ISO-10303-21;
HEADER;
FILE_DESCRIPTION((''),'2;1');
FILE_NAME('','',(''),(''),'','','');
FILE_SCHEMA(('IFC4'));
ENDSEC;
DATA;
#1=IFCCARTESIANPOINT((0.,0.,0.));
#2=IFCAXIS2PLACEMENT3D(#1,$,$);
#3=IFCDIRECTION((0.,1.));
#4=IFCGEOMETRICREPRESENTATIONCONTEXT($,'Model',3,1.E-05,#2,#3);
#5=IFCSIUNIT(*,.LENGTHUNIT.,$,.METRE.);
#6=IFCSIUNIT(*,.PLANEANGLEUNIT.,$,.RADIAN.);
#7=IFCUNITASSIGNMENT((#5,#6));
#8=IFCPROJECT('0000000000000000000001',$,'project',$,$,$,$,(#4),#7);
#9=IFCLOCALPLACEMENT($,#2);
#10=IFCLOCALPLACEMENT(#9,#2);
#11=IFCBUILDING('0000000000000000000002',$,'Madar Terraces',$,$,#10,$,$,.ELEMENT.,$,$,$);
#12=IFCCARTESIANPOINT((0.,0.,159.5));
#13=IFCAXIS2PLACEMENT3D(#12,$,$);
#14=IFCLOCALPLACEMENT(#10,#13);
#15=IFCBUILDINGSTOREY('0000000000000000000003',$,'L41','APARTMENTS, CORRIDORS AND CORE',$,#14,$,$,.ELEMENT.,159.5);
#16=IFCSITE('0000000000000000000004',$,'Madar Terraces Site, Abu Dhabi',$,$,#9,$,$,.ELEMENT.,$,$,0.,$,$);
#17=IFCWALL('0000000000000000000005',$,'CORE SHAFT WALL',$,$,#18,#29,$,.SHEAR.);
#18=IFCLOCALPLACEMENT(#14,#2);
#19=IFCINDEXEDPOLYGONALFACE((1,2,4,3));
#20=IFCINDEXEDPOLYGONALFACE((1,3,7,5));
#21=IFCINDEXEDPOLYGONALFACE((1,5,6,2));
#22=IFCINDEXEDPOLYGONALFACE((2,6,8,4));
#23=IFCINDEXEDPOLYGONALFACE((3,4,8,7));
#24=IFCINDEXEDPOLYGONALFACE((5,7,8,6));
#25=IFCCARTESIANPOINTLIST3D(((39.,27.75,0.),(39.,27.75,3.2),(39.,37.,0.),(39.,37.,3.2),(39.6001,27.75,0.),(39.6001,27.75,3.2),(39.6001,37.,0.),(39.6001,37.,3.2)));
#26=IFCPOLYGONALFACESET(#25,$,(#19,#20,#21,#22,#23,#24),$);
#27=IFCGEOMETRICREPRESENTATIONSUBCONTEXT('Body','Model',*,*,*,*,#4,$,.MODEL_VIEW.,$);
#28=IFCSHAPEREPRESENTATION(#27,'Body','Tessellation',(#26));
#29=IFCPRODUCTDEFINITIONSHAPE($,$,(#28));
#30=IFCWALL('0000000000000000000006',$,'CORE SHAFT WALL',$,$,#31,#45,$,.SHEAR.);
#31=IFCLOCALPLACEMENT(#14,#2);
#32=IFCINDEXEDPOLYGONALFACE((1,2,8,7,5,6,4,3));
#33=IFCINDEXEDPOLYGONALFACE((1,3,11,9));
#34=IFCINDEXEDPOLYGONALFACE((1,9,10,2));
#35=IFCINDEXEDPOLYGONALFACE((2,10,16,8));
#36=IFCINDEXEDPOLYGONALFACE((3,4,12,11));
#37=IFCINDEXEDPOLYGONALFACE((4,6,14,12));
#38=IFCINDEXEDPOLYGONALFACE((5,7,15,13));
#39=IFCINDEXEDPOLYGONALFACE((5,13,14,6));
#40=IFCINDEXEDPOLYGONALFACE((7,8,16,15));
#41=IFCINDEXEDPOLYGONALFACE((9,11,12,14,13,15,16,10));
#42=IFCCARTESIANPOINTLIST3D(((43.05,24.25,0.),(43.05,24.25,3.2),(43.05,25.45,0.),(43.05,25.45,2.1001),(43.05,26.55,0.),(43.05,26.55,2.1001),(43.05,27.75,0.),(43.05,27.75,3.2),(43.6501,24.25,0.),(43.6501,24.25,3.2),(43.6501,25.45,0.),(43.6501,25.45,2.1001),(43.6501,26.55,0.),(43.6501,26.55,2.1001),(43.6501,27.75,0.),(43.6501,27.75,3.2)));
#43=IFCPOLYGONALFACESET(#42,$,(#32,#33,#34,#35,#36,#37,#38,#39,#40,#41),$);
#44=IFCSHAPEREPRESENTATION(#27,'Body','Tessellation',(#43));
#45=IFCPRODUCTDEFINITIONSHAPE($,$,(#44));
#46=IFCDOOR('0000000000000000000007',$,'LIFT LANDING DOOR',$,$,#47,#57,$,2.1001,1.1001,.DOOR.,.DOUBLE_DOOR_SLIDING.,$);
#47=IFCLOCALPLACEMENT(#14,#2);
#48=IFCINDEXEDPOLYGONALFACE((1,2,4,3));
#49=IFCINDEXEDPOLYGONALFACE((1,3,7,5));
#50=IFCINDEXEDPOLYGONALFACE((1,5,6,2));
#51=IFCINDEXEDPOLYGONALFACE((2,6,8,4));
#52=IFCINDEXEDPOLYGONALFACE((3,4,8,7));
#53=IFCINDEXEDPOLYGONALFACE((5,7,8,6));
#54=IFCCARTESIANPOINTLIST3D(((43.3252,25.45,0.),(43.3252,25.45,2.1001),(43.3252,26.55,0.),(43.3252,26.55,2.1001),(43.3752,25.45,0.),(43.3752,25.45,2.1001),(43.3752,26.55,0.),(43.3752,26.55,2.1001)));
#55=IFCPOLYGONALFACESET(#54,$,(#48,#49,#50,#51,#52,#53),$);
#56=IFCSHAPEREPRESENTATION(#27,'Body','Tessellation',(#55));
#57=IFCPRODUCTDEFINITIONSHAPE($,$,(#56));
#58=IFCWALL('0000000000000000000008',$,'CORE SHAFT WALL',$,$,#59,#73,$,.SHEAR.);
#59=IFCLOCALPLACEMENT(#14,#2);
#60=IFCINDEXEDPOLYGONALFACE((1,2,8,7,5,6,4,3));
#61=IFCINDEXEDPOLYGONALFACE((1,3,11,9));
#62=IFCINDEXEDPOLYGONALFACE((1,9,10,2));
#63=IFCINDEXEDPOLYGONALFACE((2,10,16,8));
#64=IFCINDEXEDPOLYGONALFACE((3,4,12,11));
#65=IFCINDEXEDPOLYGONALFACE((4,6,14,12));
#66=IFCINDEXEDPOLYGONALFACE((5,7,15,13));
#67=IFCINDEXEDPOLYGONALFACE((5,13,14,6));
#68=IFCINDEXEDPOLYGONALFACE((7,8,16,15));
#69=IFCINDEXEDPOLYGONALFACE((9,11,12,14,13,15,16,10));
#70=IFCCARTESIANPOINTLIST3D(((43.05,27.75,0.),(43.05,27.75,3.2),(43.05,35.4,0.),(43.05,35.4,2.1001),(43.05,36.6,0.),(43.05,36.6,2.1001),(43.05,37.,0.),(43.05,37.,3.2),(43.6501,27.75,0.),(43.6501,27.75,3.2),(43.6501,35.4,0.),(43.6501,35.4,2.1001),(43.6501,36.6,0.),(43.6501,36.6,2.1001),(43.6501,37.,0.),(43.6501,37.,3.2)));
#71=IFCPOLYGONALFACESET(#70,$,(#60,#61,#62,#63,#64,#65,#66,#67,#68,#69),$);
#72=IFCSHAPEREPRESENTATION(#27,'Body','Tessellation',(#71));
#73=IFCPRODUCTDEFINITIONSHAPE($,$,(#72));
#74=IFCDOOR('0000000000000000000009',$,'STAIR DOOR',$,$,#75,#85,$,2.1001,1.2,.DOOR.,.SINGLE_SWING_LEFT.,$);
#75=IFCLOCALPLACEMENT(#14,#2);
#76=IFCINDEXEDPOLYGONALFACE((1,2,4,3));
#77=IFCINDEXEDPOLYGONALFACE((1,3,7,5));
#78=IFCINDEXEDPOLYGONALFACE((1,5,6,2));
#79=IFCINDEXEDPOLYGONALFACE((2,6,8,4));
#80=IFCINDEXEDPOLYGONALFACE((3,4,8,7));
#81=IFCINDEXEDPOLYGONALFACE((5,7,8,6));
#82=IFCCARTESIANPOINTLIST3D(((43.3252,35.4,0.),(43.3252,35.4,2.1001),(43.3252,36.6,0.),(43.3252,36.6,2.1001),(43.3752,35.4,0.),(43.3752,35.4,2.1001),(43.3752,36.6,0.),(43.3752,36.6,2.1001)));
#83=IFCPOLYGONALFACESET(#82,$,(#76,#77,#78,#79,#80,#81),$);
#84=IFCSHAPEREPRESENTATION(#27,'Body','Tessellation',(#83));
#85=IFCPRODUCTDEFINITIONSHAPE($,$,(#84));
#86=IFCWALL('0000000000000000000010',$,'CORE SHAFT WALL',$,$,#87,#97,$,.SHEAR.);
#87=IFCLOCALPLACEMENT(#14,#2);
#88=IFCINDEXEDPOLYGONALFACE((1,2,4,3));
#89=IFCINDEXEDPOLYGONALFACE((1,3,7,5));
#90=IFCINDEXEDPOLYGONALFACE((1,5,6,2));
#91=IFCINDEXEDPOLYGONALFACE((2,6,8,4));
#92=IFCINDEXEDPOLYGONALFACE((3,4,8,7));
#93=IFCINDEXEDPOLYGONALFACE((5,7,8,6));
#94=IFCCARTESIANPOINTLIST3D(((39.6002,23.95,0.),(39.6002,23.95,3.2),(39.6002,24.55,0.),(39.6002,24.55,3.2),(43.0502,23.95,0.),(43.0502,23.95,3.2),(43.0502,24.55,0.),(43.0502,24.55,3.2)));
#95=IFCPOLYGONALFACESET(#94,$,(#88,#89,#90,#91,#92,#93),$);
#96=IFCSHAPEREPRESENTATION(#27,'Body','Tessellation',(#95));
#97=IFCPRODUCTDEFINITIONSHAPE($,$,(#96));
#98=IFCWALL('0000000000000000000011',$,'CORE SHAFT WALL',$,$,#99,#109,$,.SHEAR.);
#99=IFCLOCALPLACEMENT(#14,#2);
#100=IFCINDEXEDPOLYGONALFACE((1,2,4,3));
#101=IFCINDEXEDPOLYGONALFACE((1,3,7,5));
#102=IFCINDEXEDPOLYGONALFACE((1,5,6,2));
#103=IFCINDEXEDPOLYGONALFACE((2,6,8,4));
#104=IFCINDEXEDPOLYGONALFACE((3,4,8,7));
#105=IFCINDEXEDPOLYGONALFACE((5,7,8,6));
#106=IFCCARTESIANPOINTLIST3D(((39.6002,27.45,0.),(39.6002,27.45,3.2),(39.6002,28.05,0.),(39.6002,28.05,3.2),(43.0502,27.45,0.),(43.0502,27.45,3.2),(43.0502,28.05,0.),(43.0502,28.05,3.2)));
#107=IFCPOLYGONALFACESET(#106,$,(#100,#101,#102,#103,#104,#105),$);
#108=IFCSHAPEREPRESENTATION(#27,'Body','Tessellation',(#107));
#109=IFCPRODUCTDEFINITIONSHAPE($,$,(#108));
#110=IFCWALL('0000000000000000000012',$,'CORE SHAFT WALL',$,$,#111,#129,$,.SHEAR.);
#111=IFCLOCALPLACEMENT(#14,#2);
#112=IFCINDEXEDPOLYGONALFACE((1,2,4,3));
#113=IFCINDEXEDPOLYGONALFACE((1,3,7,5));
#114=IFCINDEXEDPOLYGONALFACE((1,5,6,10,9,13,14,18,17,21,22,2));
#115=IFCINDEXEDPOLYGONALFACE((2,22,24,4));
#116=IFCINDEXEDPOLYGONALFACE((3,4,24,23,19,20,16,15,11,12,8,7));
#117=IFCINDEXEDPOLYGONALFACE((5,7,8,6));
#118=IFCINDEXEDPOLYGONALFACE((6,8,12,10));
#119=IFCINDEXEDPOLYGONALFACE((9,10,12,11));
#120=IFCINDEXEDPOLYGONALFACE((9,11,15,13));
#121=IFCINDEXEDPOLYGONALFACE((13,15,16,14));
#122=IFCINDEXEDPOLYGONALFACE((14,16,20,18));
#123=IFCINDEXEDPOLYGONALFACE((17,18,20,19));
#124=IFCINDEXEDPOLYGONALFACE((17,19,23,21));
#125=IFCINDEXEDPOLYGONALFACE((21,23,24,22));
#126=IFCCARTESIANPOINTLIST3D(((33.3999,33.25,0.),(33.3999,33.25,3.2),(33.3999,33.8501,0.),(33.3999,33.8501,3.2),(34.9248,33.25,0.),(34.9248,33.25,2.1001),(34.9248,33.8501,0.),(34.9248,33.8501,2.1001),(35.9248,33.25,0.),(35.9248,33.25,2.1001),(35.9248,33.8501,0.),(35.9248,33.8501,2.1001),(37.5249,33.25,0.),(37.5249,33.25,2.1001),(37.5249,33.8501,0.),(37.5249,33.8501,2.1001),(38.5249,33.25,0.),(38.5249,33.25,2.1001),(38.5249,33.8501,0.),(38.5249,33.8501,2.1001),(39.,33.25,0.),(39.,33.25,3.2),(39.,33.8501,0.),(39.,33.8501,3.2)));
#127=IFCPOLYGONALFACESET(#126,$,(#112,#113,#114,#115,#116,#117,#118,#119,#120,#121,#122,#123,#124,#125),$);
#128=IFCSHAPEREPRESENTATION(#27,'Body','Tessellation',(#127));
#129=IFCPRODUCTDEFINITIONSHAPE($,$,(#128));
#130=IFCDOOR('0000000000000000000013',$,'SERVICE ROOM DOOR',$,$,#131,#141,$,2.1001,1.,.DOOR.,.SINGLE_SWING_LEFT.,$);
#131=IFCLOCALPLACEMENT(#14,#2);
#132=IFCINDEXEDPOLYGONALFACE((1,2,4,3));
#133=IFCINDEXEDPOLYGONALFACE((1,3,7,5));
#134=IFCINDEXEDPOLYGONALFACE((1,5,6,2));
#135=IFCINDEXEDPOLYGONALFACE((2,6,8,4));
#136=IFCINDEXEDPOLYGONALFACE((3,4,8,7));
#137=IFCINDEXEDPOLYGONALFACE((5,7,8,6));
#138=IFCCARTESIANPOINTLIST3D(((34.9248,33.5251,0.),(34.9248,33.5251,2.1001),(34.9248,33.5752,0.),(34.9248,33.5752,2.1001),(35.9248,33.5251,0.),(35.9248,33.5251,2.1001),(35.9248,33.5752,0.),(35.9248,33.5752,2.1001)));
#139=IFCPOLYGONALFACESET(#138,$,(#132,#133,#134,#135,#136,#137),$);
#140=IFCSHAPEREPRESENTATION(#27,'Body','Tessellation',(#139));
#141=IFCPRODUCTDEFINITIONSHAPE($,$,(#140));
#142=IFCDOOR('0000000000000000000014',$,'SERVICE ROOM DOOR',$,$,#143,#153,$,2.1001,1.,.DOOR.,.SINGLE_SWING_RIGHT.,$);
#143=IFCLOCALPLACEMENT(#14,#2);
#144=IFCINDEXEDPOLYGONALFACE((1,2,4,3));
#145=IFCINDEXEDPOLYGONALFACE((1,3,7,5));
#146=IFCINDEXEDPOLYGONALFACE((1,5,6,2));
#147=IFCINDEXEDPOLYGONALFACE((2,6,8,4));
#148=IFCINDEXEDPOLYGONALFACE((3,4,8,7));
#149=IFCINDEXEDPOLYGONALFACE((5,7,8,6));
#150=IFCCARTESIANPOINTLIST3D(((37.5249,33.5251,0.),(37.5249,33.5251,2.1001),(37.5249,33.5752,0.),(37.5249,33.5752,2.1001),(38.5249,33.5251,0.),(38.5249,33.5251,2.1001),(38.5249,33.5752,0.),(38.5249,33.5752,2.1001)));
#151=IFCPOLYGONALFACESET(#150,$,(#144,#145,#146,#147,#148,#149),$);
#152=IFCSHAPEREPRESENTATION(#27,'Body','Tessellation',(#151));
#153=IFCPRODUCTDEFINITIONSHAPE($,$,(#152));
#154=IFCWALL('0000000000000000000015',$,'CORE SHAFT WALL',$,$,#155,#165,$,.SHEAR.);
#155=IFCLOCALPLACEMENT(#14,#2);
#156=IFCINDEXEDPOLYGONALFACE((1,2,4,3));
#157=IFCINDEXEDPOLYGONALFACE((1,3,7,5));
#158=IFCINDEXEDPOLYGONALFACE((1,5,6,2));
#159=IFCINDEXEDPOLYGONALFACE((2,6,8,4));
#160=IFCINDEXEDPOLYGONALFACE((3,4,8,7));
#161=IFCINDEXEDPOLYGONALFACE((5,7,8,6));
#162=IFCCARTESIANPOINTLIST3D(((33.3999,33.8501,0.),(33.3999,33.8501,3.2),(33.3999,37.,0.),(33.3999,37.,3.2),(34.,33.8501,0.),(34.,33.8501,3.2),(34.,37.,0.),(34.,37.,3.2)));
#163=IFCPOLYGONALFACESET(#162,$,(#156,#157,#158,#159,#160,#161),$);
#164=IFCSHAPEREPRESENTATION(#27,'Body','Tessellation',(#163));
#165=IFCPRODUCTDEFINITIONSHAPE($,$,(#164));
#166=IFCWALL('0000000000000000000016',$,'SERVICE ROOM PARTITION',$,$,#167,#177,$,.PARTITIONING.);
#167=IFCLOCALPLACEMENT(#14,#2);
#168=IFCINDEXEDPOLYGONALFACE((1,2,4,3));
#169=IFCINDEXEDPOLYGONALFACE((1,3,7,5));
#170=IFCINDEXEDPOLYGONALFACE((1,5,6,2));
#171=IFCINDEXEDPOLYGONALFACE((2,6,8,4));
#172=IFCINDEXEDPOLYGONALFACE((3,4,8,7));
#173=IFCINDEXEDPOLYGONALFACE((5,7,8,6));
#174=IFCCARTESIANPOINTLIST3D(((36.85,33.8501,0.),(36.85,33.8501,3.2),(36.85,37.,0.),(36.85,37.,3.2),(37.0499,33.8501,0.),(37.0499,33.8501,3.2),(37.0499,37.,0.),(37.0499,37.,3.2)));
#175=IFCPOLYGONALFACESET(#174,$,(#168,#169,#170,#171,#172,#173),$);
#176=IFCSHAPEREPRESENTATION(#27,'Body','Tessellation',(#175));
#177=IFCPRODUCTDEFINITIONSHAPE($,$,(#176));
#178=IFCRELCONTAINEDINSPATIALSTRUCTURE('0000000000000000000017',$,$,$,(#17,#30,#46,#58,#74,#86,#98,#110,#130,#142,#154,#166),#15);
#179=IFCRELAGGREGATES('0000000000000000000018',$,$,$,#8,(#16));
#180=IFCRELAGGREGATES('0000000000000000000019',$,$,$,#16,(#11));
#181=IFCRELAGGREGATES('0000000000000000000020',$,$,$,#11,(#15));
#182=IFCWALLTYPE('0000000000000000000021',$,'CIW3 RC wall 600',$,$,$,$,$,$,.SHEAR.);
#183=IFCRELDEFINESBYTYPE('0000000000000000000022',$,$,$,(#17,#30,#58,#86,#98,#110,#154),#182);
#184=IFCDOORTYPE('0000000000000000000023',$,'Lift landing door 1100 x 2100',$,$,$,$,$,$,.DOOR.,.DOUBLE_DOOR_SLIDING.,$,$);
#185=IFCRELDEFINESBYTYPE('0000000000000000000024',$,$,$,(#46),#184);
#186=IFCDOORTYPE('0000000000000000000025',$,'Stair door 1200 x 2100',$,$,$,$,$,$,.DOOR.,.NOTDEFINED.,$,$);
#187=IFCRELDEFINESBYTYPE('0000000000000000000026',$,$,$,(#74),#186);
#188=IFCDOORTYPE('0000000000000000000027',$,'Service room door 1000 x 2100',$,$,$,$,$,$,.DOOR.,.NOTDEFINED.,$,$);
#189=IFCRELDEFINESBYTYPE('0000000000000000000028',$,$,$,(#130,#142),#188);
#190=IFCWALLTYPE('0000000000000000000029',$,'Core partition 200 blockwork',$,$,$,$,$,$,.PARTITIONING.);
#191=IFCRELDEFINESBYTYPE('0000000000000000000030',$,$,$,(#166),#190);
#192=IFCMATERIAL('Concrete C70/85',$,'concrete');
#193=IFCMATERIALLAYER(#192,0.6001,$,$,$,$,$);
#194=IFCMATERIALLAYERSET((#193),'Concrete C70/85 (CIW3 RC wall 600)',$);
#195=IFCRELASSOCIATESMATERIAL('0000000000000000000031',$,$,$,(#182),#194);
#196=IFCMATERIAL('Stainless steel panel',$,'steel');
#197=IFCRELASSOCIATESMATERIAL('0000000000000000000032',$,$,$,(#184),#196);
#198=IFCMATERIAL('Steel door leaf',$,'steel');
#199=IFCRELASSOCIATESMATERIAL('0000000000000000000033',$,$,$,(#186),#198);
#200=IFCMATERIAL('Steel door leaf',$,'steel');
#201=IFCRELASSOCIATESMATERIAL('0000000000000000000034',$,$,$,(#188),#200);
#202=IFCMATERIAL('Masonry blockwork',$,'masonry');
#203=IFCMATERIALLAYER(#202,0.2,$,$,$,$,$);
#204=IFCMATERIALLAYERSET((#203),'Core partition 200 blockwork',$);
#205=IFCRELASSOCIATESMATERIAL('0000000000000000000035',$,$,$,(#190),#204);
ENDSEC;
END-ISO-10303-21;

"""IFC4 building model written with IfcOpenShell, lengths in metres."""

from ifc_helpers import new_model, si_unit, direction, frame, frame_2d, origin, place, context, subcontext, project, spatial, rectangle, extrude, material, layer, layer_set, type_object, element, fill, save


model = new_model("IFC4")

# Units and contexts
model_context = context("Model", 3, precision=1e-05, world=origin(), true_north=direction((0.0, 1.0)))
body_context = subcontext(model_context, "Body", "Model", "MODEL_VIEW")
ifc_project = project(units=[si_unit("LENGTHUNIT", "METRE"), si_unit("PLANEANGLEUNIT", "RADIAN")], contexts=[model_context])

# Site, building, storey
site_placement = place(None, origin())
site = spatial("IfcSite", under=ifc_project, at=site_placement, Name="Madar Terraces Site, Abu Dhabi", CompositionType="ELEMENT", RefElevation=0.0)
building_placement = place(site_placement, origin())
building = spatial("IfcBuilding", under=site, at=building_placement, Name="Madar Terraces", CompositionType="ELEMENT")
storey_placement = place(building_placement, frame((0.0, 0.0, 159.5)))
storey = spatial("IfcBuildingStorey", under=building, at=storey_placement, Name="L41", Description="APARTMENTS, CORRIDORS AND CORE", CompositionType="ELEMENT", Elevation=159.5)

# Wall
ifc_material_1 = material(Name="Concrete C70/85", Category="concrete")
ifc_layer_1 = layer(ifc_material_1, 0.6001)
ifc_layer_set_1 = layer_set([ifc_layer_1], Name="Concrete C70/85 (CIW3 RC wall 600)")
wall_type_1 = type_object("IfcWallType", Name="CIW3 RC wall 600", PredefinedType="SHEAR", material=ifc_layer_set_1)
wall_1_placement = place(storey_placement, frame((39.3, 27.75, 0.0), z_axis=(0.0, 0.0, 1.0), x_axis=(0.0, 1.0, 0.0)))
element("IfcWall", 1, at=wall_1_placement, inside=storey, type_object=wall_type_1, Name="CORE SHAFT WALL", PredefinedType="SHEAR", context=body_context, shape_type="SweptSolid", body=[
    extrude(rectangle(XDim=9.25, YDim=0.6001, at=frame_2d((4.625, 0.0))), origin(), (0.0, 0.0, 1.0), 3.2),
])

# Walls, openings, doors
wall_2_placement = place(storey_placement, frame((43.3501, 24.25, 0.0), z_axis=(0.0, 0.0, 1.0), x_axis=(0.0, 1.0, 0.0)))
wall_2 = element("IfcWall", 2, at=wall_2_placement, inside=storey, type_object=wall_type_1, Name="CORE SHAFT WALL", PredefinedType="SHEAR", context=body_context, shape_type="SweptSolid", body=[
    extrude(rectangle(XDim=3.5, YDim=0.6001, at=frame_2d((1.75, 0.0))), origin(), (0.0, 0.0, 1.0), 3.2),
])
opening_1_placement = place(wall_2_placement, frame((1.2, 0.0, 0.0)))
opening_1 = element("IfcOpeningElement", 3, at=opening_1_placement, cuts=wall_2, PredefinedType="OPENING", context=body_context, shape_type="SweptSolid", body=[
    extrude(rectangle(XDim=1.1001, YDim=2.1001, at=frame_2d((0.55, 1.05))), frame((0.0, 0.3101, 0.0), z_axis=(0.0, -1.0, 0.0), x_axis=(1.0, 0.0, 0.0)), (0.0, 0.0, 1.0), 0.6201),
])
ifc_material_2 = material(Name="Stainless steel panel", Category="steel")
door_type_1 = type_object("IfcDoorType", Name="Lift landing door 1100 x 2100", OperationType="DOUBLE_DOOR_SLIDING", PredefinedType="DOOR", material=ifc_material_2)
door_1_placement = place(opening_1_placement, origin())
door_1 = element("IfcDoor", 4, at=door_1_placement, inside=storey, type_object=door_type_1, Name="LIFT LANDING DOOR", OperationType="DOUBLE_DOOR_SLIDING", OverallHeight=2.1001, OverallWidth=1.1001, PredefinedType="DOOR", context=body_context, shape_type="SweptSolid", body=[
    extrude(rectangle(XDim=1.1001, YDim=2.1001, at=frame_2d((0.55, 1.05))), frame((0.0, 0.0249, 0.0), z_axis=(0.0, -1.0, 0.0), x_axis=(1.0, 0.0, 0.0)), (0.0, 0.0, 1.0), 0.05),
])
fill(opening_1, door_1)
wall_3_placement = place(storey_placement, frame((43.3501, 27.75, 0.0), z_axis=(0.0, 0.0, 1.0), x_axis=(0.0, 1.0, 0.0)))
wall_3 = element("IfcWall", 5, at=wall_3_placement, inside=storey, type_object=wall_type_1, Name="CORE SHAFT WALL", PredefinedType="SHEAR", context=body_context, shape_type="SweptSolid", body=[
    extrude(rectangle(XDim=9.25, YDim=0.6001, at=frame_2d((4.625, 0.0))), origin(), (0.0, 0.0, 1.0), 3.2),
])
opening_2_placement = place(wall_3_placement, frame((7.6499, 0.0, 0.0)))
opening_2 = element("IfcOpeningElement", 6, at=opening_2_placement, cuts=wall_3, PredefinedType="OPENING", context=body_context, shape_type="SweptSolid", body=[
    extrude(rectangle(XDim=1.2, YDim=2.1001, at=frame_2d((0.6001, 1.05))), frame((0.0, 0.3101, 0.0), z_axis=(0.0, -1.0, 0.0), x_axis=(1.0, 0.0, 0.0)), (0.0, 0.0, 1.0), 0.6201),
])
ifc_material_3 = material(Name="Steel door leaf", Category="steel")
door_type_2 = type_object("IfcDoorType", Name="Stair door 1200 x 2100", OperationType="NOTDEFINED", PredefinedType="DOOR", material=ifc_material_3)
door_2_placement = place(opening_2_placement, origin())
door_2 = element("IfcDoor", 7, at=door_2_placement, inside=storey, type_object=door_type_2, Name="STAIR DOOR", OperationType="SINGLE_SWING_LEFT", OverallHeight=2.1001, OverallWidth=1.2, PredefinedType="DOOR", context=body_context, shape_type="SweptSolid", body=[
    extrude(rectangle(XDim=1.2, YDim=2.1001, at=frame_2d((0.6001, 1.05))), frame((0.0, 0.0249, 0.0), z_axis=(0.0, -1.0, 0.0), x_axis=(1.0, 0.0, 0.0)), (0.0, 0.0, 1.0), 0.05),
])
fill(opening_2, door_2)

# Walls
for number, where, z_axis, x_axis, name in (
    (8, (39.6001, 24.25, 0.0), (0.0, 0.0, 1.0), (1.0, 0.0, 0.0), "CORE SHAFT WALL"),
    (9, (39.6001, 27.75, 0.0), (0.0, 0.0, 1.0), (1.0, 0.0, 0.0), "CORE SHAFT WALL"),
):
    element("IfcWall", number, at=place(storey_placement, frame(where, z_axis=z_axis, x_axis=x_axis)), inside=storey, type_object=wall_type_1, Name=name, PredefinedType="SHEAR", context=body_context, shape_type="SweptSolid", body=[
        extrude(rectangle(XDim=3.45, YDim=0.6001, at=frame_2d((1.7251, 0.0))), origin(), (0.0, 0.0, 1.0), 3.2),
    ])

# Wall, openings, doors
wall_4_placement = place(storey_placement, frame((33.3999, 33.55, 0.0), z_axis=(0.0, 0.0, 1.0), x_axis=(1.0, 0.0, 0.0)))
wall_4 = element("IfcWall", 10, at=wall_4_placement, inside=storey, type_object=wall_type_1, Name="CORE SHAFT WALL", PredefinedType="SHEAR", context=body_context, shape_type="SweptSolid", body=[
    extrude(rectangle(XDim=5.6001, YDim=0.6001, at=frame_2d((2.8, 0.0))), origin(), (0.0, 0.0, 1.0), 3.2),
])
opening_3_placement = place(wall_4_placement, frame((1.5249, 0.0, 0.0)))
opening_3 = element("IfcOpeningElement", 11, at=opening_3_placement, cuts=wall_4, PredefinedType="OPENING", context=body_context, shape_type="SweptSolid", body=[
    extrude(rectangle(XDim=1.0, YDim=2.1001, at=frame_2d((0.5, 1.05))), frame((0.0, 0.3101, 0.0), z_axis=(0.0, -1.0, 0.0), x_axis=(1.0, 0.0, 0.0)), (0.0, 0.0, 1.0), 0.6201),
])
opening_4_placement = place(wall_4_placement, frame((4.125, 0.0, 0.0)))
opening_4 = element("IfcOpeningElement", 12, at=opening_4_placement, cuts=wall_4, PredefinedType="OPENING", context=body_context, shape_type="SweptSolid", body=[
    extrude(rectangle(XDim=1.0, YDim=2.1001, at=frame_2d((0.5, 1.05))), frame((0.0, 0.3101, 0.0), z_axis=(0.0, -1.0, 0.0), x_axis=(1.0, 0.0, 0.0)), (0.0, 0.0, 1.0), 0.6201),
])
ifc_material_4 = material(Name="Steel door leaf", Category="steel")
door_type_3 = type_object("IfcDoorType", Name="Service room door 1000 x 2100", OperationType="NOTDEFINED", PredefinedType="DOOR", material=ifc_material_4)
door_3_placement = place(opening_3_placement, frame((1.0, 0.0, 0.0), z_axis=(0.0, 0.0, 1.0), x_axis=(-1.0, 0.0, 0.0)))
door_3 = element("IfcDoor", 13, at=door_3_placement, inside=storey, type_object=door_type_3, Name="SERVICE ROOM DOOR", OperationType="SINGLE_SWING_LEFT", OverallHeight=2.1001, OverallWidth=1.0, PredefinedType="DOOR", context=body_context, shape_type="SweptSolid", body=[
    extrude(rectangle(XDim=1.0, YDim=2.1001, at=frame_2d((0.5, 1.05))), frame((0.0, 0.0249, 0.0), z_axis=(0.0, -1.0, 0.0), x_axis=(1.0, 0.0, 0.0)), (0.0, 0.0, 1.0), 0.05),
])
fill(opening_3, door_3)
door_4_placement = place(opening_4_placement, frame((1.0, 0.0, 0.0), z_axis=(0.0, 0.0, 1.0), x_axis=(-1.0, 0.0, 0.0)))
door_4 = element("IfcDoor", 14, at=door_4_placement, inside=storey, type_object=door_type_3, Name="SERVICE ROOM DOOR", OperationType="SINGLE_SWING_RIGHT", OverallHeight=2.1001, OverallWidth=1.0, PredefinedType="DOOR", context=body_context, shape_type="SweptSolid", body=[
    extrude(rectangle(XDim=1.0, YDim=2.1001, at=frame_2d((0.5, 1.05))), frame((0.0, 0.0249, 0.0), z_axis=(0.0, -1.0, 0.0), x_axis=(1.0, 0.0, 0.0)), (0.0, 0.0, 1.0), 0.05),
])
fill(opening_4, door_4)

# Walls
wall_5_placement = place(storey_placement, frame((33.7, 33.8501, 0.0), z_axis=(0.0, 0.0, 1.0), x_axis=(0.0, 1.0, 0.0)))
element("IfcWall", 15, at=wall_5_placement, inside=storey, type_object=wall_type_1, Name="CORE SHAFT WALL", PredefinedType="SHEAR", context=body_context, shape_type="SweptSolid", body=[
    extrude(rectangle(XDim=3.1499, YDim=0.6001, at=frame_2d((1.575, 0.0))), origin(), (0.0, 0.0, 1.0), 3.2),
])
ifc_material_5 = material(Name="Masonry blockwork", Category="masonry")
ifc_layer_2 = layer(ifc_material_5, 0.2)
ifc_layer_set_2 = layer_set([ifc_layer_2], Name="Core partition 200 blockwork")
wall_type_2 = type_object("IfcWallType", Name="Core partition 200 blockwork", PredefinedType="PARTITIONING", material=ifc_layer_set_2)
wall_6_placement = place(storey_placement, frame((36.95, 33.8501, 0.0), z_axis=(0.0, 0.0, 1.0), x_axis=(0.0, 1.0, 0.0)))
element("IfcWall", 16, at=wall_6_placement, inside=storey, type_object=wall_type_2, Name="SERVICE ROOM PARTITION", PredefinedType="PARTITIONING", context=body_context, shape_type="SweptSolid", body=[
    extrude(rectangle(XDim=3.1499, YDim=0.2, at=frame_2d((1.575, 0.0))), origin(), (0.0, 0.0, 1.0), 3.2),
])

save(model, "model.ifc")
